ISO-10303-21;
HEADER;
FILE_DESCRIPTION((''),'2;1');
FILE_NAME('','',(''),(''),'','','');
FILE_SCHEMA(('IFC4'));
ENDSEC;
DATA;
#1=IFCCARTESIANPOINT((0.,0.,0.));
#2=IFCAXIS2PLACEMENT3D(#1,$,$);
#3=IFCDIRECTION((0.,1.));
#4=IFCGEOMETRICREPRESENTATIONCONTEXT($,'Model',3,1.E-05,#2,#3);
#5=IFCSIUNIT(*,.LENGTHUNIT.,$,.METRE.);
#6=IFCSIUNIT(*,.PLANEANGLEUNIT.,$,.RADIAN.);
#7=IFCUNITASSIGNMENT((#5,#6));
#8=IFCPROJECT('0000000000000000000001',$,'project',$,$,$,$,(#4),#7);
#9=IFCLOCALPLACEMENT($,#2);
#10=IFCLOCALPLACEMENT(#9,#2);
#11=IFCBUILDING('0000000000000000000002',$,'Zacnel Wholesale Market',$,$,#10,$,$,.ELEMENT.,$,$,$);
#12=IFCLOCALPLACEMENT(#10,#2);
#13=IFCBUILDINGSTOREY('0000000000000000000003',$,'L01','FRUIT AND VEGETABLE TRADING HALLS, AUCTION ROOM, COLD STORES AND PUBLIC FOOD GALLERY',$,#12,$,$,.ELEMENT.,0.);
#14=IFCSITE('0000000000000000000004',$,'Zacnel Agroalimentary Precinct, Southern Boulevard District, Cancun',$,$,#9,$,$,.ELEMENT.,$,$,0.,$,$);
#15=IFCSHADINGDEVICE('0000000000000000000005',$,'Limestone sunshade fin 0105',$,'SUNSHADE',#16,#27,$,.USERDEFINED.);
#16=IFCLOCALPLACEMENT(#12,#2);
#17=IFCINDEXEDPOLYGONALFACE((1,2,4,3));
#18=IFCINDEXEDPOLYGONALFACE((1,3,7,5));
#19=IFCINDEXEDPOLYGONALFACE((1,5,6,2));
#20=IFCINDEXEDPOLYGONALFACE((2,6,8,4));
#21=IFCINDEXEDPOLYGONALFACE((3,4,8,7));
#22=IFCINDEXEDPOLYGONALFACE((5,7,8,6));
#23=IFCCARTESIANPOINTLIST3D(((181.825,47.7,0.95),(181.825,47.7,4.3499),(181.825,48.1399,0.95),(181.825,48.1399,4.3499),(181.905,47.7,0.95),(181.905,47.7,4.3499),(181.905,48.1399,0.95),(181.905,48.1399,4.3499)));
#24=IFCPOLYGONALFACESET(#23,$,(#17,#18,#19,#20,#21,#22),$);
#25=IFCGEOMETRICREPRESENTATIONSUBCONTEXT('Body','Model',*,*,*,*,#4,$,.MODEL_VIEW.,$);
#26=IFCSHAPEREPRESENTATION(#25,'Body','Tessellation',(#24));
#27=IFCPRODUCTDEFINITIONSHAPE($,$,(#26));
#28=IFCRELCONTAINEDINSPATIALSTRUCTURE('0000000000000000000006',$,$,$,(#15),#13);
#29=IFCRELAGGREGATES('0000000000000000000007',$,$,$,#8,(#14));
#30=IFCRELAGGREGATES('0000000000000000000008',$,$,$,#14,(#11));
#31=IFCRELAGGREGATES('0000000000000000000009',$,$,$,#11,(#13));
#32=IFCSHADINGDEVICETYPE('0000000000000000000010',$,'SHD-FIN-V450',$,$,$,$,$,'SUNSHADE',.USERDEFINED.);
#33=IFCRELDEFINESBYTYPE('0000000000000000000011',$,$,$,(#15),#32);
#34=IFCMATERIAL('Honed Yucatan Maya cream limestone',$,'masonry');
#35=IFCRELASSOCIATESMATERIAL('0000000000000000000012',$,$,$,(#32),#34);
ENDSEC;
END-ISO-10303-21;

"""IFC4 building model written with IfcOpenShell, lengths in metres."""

from ifc_helpers import new_model, si_unit, direction, frame, origin, origin_2d, place, context, subcontext, project, spatial, rectangle, extrude, material, type_object, element, save


model = new_model("IFC4")

# Units and contexts
model_context = context("Model", 3, precision=1e-05, world=origin(), true_north=direction((0.0, 1.0)))
body_context = subcontext(model_context, "Body", "Model", "MODEL_VIEW")
ifc_project = project(units=[si_unit("LENGTHUNIT", "METRE"), si_unit("PLANEANGLEUNIT", "RADIAN")], contexts=[model_context])

# Site, building, storey
site_placement = place(None, origin())
site = spatial("IfcSite", under=ifc_project, at=site_placement, Name="Zacnel Agroalimentary Precinct, Southern Boulevard District, Cancun", CompositionType="ELEMENT", RefElevation=0.0)
building_placement = place(site_placement, origin())
building = spatial("IfcBuilding", under=site, at=building_placement, Name="Zacnel Wholesale Market", CompositionType="ELEMENT")
storey_placement = place(building_placement, origin())
storey = spatial("IfcBuildingStorey", under=building, at=storey_placement, Name="L01", Description="FRUIT AND VEGETABLE TRADING HALLS, AUCTION ROOM, COLD STORES AND PUBLIC FOOD GALLERY", CompositionType="ELEMENT", Elevation=0.0)

# Shading device
ifc_material_1 = material(Name="Honed Yucatan Maya cream limestone", Category="masonry")
shading_device_type = type_object("IfcShadingDeviceType", Name="SHD-FIN-V450", ElementType="SUNSHADE", PredefinedType="USERDEFINED", material=ifc_material_1)
shading_device_placement = place(storey_placement, frame((181.865, 47.9199, 0.95), z_axis=(0.0, 0.0, 1.0), x_axis=(1.0, 0.0, 0.0)))
element("IfcShadingDevice", 1, at=shading_device_placement, inside=storey, type_object=shading_device_type, Name="Limestone sunshade fin 0105", ObjectType="SUNSHADE", PredefinedType="USERDEFINED", context=body_context, shape_type="SweptSolid", body=[
    extrude(rectangle(XDim=0.0801, YDim=0.4399, at=origin_2d()), origin(), (0.0, 0.0, 1.0), 3.3999),
])

save(model, "model.ifc")
